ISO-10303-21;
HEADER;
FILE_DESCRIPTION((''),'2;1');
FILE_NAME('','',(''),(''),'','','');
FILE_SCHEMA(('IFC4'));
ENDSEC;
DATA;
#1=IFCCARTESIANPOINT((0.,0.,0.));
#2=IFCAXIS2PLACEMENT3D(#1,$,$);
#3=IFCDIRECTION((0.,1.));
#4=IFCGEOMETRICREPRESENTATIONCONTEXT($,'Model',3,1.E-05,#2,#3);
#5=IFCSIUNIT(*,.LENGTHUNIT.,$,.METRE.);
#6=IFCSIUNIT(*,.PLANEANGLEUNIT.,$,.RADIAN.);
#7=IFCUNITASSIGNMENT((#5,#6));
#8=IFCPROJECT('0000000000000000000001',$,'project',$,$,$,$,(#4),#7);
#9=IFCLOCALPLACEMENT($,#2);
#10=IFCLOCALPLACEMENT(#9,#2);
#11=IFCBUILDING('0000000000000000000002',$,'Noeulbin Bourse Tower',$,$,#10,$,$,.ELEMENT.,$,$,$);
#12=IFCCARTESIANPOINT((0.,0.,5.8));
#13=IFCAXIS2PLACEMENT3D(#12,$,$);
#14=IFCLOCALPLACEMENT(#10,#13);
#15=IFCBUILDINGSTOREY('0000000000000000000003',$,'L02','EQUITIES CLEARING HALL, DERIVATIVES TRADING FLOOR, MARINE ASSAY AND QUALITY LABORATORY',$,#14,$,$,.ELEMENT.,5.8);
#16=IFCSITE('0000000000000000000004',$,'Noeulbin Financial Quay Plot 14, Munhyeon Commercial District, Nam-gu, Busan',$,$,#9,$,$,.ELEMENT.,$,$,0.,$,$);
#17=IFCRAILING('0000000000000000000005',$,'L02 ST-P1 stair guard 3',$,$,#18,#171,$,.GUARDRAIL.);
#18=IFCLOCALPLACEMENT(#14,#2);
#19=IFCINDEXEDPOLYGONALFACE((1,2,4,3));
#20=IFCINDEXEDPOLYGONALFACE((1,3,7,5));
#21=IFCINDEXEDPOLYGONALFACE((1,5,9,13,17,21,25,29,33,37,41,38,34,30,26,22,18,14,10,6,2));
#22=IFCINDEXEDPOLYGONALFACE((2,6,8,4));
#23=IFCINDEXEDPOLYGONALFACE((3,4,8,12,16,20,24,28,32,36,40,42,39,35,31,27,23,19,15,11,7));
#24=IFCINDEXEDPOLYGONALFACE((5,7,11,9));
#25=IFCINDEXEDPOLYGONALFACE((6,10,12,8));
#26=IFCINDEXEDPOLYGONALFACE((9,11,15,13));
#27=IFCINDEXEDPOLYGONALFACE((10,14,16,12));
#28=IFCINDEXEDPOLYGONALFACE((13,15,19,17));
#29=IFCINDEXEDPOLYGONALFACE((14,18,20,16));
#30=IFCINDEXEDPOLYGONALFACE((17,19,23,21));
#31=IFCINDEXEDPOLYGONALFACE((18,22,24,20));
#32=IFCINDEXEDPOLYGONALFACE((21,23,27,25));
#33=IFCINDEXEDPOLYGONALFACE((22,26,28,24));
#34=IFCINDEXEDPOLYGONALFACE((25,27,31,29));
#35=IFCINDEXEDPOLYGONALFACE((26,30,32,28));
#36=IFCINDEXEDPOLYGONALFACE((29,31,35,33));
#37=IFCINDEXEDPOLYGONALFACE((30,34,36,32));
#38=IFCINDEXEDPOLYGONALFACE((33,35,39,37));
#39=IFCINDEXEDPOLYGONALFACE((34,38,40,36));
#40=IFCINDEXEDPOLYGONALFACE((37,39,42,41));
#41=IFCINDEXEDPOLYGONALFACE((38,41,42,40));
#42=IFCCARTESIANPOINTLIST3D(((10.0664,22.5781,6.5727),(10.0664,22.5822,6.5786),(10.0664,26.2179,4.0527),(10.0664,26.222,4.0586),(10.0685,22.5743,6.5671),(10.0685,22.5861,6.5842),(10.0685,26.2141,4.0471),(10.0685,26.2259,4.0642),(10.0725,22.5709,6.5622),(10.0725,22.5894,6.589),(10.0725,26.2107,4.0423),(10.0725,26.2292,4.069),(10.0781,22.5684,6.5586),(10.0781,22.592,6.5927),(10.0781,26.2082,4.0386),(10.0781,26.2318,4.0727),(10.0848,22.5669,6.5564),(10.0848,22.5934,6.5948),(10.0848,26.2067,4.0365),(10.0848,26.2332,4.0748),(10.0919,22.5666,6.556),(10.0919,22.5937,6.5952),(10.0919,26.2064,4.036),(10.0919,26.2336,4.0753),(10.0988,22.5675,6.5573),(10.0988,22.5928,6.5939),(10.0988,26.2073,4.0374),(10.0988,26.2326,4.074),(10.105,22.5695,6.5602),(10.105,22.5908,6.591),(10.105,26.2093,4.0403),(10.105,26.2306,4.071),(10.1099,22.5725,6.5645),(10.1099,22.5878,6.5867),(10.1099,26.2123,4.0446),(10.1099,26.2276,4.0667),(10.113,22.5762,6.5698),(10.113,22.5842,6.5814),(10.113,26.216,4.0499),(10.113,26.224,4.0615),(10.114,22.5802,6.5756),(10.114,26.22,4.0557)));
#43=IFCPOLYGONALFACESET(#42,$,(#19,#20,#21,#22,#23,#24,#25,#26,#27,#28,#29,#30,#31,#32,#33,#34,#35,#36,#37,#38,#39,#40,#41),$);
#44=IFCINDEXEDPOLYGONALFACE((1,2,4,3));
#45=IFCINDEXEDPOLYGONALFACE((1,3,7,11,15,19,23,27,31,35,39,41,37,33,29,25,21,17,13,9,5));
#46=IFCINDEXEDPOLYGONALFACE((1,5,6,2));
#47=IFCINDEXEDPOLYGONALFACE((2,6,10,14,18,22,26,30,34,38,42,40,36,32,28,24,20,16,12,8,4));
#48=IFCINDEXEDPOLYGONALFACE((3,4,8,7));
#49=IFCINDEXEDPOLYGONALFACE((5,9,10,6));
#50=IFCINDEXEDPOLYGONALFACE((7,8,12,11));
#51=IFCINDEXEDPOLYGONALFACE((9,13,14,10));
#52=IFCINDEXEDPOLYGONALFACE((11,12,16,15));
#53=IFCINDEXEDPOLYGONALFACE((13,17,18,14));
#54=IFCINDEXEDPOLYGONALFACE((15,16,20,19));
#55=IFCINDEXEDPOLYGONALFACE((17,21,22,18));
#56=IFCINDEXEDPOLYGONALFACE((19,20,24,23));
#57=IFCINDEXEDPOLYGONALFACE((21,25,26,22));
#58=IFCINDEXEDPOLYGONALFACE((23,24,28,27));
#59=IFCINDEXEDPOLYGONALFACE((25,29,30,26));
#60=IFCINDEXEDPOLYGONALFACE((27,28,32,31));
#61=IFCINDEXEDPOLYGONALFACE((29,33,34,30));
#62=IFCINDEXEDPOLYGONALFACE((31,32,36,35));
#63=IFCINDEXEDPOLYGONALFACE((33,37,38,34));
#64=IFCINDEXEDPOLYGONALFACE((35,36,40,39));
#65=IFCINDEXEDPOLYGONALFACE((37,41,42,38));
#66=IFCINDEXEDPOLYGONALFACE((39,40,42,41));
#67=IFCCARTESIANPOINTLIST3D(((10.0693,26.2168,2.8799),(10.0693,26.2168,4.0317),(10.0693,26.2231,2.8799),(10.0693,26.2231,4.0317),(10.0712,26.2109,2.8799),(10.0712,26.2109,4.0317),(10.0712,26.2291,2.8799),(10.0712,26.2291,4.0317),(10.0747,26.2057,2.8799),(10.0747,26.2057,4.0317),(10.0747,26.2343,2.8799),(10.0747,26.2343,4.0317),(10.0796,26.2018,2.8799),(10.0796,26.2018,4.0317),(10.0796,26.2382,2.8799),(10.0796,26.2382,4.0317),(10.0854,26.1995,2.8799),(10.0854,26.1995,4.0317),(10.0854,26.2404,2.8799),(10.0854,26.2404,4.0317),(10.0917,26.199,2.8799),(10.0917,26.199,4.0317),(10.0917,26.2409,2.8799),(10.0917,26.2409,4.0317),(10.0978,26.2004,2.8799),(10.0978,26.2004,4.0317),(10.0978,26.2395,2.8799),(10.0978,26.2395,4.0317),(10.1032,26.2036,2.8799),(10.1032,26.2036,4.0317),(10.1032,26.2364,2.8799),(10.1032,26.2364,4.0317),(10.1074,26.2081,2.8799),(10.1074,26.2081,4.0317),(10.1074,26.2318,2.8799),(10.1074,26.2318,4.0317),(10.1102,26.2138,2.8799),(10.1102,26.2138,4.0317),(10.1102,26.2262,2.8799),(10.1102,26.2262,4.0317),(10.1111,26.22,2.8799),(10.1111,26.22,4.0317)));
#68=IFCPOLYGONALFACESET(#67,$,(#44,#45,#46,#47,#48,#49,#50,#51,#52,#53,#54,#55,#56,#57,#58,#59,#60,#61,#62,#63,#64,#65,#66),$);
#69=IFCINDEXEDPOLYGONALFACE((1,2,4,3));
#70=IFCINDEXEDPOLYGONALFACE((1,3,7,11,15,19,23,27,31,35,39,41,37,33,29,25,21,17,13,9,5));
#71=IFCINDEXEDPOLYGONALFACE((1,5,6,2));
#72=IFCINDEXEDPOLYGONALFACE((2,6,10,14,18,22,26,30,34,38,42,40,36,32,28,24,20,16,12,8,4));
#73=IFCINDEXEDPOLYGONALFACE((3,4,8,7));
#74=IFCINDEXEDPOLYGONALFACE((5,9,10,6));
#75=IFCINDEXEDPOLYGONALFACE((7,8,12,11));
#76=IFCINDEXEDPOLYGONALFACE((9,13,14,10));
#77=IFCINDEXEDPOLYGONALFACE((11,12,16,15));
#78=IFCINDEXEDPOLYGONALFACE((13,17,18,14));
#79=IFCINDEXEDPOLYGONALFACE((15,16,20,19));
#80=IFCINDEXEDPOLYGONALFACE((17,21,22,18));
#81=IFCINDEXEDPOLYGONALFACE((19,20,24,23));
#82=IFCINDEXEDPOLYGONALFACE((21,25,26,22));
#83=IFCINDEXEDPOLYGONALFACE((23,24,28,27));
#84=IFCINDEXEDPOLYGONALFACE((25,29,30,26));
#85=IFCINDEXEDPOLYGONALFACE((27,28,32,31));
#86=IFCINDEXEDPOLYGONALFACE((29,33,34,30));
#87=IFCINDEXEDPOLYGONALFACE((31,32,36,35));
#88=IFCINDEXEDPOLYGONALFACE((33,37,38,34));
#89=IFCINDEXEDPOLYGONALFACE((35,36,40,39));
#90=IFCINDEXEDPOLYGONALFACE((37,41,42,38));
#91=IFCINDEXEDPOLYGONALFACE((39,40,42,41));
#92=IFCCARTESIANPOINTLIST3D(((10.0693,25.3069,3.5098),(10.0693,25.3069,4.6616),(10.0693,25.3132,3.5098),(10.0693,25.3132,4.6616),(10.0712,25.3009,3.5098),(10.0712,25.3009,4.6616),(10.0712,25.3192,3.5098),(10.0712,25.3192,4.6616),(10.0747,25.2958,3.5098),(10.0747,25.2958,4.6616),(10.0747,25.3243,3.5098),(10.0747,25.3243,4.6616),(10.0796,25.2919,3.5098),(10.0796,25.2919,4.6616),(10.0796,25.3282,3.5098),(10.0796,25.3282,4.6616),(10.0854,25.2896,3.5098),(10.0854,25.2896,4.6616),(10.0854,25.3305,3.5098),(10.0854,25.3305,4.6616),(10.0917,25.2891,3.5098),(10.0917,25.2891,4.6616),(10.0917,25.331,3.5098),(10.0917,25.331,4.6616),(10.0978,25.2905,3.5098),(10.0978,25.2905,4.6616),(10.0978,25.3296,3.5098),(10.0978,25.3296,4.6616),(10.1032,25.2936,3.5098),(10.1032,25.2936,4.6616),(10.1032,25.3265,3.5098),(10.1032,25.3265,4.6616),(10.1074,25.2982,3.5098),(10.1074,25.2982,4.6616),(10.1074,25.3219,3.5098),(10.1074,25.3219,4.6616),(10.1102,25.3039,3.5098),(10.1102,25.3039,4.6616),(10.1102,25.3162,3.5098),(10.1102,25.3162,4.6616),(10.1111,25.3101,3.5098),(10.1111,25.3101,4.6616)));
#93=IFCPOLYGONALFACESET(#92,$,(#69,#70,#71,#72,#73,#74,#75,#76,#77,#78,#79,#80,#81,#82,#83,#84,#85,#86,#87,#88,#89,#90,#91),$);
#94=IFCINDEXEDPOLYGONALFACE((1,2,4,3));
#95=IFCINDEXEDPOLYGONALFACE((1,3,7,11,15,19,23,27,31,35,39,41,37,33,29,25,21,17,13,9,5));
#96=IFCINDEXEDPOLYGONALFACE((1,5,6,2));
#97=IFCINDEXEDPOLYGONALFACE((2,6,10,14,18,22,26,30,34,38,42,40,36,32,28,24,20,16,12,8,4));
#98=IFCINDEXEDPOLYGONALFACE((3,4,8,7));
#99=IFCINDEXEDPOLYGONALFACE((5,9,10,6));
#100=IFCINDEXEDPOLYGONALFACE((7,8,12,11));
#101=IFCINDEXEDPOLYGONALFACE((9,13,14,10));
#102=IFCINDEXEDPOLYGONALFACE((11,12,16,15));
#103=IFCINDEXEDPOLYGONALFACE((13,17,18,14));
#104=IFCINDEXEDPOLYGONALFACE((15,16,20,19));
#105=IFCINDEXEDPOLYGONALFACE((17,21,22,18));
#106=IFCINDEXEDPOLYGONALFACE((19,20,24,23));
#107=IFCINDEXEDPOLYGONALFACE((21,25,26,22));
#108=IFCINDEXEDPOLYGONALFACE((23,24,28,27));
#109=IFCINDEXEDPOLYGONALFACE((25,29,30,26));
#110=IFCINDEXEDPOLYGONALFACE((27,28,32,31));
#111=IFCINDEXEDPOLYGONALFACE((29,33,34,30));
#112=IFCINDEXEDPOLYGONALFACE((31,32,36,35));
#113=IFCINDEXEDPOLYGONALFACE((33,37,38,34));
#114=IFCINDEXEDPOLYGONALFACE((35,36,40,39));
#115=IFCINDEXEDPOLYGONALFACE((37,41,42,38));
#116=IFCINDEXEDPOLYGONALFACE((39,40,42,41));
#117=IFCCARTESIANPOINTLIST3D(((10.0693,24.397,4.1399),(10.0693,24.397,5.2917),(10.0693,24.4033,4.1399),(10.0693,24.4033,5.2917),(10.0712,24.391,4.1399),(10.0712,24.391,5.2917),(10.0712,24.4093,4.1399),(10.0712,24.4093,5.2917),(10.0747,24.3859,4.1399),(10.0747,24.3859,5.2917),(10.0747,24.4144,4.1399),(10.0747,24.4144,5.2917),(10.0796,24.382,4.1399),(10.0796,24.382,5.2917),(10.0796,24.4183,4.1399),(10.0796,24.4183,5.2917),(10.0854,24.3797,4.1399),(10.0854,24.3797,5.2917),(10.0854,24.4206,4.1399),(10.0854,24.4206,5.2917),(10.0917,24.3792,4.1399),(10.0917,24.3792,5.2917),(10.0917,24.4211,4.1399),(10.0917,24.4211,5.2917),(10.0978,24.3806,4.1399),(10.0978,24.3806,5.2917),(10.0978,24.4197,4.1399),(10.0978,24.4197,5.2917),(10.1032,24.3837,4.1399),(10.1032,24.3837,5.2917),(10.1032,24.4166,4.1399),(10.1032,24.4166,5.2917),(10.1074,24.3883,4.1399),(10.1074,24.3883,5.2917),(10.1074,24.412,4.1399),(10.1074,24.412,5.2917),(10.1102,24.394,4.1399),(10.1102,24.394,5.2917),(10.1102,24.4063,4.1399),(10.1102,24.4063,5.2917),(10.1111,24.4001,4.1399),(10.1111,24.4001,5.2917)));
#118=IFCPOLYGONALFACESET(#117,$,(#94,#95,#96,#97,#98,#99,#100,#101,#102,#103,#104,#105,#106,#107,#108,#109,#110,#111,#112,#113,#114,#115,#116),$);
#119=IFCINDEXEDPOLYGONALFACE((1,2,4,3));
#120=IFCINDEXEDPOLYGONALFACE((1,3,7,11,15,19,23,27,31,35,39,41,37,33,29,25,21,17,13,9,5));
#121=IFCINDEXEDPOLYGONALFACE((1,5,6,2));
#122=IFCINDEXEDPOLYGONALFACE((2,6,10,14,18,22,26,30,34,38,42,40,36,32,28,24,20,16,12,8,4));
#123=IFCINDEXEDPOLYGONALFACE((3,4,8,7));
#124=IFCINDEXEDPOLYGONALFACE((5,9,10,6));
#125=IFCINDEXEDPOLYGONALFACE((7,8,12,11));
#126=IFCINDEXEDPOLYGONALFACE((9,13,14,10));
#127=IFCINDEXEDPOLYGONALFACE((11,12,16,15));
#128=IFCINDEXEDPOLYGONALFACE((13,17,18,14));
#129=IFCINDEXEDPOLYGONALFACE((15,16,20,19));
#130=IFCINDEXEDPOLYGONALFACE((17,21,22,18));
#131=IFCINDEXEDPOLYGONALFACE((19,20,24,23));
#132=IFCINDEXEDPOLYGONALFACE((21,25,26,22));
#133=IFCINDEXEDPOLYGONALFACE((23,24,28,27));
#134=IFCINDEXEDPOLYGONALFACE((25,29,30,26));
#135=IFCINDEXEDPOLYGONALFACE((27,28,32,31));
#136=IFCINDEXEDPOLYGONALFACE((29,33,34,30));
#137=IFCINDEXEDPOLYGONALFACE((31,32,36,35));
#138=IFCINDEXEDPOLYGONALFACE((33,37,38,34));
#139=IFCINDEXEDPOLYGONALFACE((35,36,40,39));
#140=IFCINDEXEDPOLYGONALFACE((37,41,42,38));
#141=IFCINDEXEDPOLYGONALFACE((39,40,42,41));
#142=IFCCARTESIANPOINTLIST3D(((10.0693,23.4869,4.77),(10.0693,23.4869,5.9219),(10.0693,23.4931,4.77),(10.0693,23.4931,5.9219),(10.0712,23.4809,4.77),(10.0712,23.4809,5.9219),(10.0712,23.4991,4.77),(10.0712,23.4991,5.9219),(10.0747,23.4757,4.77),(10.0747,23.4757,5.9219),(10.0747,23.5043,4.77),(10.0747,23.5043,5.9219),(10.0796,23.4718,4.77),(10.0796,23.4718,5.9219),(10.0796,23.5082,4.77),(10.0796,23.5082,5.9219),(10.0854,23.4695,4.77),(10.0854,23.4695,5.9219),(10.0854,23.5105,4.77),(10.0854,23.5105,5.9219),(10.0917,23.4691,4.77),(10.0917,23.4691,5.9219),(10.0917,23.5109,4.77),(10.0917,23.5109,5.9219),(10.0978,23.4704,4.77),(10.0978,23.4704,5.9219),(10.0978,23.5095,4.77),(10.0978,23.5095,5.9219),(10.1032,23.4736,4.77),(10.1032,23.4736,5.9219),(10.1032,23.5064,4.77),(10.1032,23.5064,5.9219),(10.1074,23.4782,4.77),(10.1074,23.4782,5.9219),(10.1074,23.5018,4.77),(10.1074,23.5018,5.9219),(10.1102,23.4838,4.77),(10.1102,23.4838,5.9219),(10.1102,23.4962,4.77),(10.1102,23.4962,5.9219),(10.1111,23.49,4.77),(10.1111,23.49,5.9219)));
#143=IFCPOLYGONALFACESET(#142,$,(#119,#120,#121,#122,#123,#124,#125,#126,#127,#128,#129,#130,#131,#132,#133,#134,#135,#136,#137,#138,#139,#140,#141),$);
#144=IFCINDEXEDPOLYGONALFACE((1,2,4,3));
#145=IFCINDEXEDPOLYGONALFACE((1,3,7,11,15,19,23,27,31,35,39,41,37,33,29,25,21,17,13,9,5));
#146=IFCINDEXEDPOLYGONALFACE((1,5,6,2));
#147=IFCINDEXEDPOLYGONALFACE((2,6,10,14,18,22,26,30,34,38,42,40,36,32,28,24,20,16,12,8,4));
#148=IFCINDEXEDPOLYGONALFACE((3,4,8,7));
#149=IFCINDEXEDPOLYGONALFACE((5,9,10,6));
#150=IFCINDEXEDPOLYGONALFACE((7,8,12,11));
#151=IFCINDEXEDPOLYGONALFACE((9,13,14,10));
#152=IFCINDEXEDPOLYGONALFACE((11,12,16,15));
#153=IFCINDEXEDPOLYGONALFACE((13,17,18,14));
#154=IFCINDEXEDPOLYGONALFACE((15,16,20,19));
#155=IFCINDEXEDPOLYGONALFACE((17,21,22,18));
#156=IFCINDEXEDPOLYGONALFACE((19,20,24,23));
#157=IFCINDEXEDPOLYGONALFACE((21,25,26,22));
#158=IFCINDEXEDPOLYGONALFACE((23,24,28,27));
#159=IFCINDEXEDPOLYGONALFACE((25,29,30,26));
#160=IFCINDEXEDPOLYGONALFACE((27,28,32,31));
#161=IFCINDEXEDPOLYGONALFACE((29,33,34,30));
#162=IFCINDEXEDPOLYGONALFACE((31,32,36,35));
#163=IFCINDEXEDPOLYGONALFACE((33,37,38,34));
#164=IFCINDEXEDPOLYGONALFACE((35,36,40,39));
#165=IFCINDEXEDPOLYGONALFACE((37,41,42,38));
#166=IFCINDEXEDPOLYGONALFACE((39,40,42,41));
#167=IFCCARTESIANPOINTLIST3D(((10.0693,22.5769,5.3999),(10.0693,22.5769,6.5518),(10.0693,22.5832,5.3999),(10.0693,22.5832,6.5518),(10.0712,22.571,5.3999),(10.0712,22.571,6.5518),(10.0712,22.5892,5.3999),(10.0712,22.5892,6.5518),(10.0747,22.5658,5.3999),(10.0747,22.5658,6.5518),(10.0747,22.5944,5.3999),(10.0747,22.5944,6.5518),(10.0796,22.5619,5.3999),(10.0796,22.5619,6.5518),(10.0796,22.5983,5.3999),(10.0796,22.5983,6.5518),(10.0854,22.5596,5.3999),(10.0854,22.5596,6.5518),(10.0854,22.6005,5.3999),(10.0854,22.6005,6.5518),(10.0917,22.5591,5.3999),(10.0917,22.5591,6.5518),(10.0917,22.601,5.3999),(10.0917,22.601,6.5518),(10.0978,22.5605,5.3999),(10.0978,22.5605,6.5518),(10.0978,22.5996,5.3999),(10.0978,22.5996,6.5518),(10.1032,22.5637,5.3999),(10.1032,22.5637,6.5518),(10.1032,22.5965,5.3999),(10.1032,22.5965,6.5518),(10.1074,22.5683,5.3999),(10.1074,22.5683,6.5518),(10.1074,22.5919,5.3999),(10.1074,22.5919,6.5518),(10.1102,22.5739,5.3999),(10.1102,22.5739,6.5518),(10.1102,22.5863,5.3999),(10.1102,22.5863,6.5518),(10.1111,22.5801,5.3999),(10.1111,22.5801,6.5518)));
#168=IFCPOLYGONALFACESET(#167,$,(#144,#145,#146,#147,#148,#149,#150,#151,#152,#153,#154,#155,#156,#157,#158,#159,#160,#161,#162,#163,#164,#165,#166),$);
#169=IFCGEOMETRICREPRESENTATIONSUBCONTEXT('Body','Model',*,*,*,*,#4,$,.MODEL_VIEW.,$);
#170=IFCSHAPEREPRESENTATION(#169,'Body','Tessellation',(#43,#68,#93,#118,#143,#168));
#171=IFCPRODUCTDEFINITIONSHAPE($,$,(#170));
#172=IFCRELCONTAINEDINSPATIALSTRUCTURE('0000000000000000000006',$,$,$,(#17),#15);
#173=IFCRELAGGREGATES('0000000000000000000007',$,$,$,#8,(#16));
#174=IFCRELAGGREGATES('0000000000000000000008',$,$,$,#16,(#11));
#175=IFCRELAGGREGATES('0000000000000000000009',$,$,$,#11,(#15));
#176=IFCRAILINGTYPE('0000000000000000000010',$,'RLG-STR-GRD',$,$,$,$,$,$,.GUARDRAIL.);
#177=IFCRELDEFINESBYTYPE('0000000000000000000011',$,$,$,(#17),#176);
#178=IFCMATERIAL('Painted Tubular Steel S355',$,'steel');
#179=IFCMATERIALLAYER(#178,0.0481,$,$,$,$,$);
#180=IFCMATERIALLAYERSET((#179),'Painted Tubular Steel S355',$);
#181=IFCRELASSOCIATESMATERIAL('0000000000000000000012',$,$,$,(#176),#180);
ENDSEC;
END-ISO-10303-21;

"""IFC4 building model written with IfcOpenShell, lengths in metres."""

from ifc_helpers import new_model, si_unit, direction, frame, origin, origin_2d, place, context, subcontext, project, spatial, circle, extrude, material, layer, layer_set, type_object, element, save


model = new_model("IFC4")

# Units and contexts
model_context = context("Model", 3, precision=1e-05, world=origin(), true_north=direction((0.0, 1.0)))
body_context = subcontext(model_context, "Body", "Model", "MODEL_VIEW")
ifc_project = project(units=[si_unit("LENGTHUNIT", "METRE"), si_unit("PLANEANGLEUNIT", "RADIAN")], contexts=[model_context])

# Site, building, storey
site_placement = place(None, origin())
site = spatial("IfcSite", under=ifc_project, at=site_placement, Name="Noeulbin Financial Quay Plot 14, Munhyeon Commercial District, Nam-gu, Busan", CompositionType="ELEMENT", RefElevation=0.0)
building_placement = place(site_placement, origin())
building = spatial("IfcBuilding", under=site, at=building_placement, Name="Noeulbin Bourse Tower", CompositionType="ELEMENT")
storey_placement = place(building_placement, frame((0.0, 0.0, 5.8)))
storey = spatial("IfcBuildingStorey", under=building, at=storey_placement, Name="L02", Description="EQUITIES CLEARING HALL, DERIVATIVES TRADING FLOOR, MARINE ASSAY AND QUALITY LABORATORY", CompositionType="ELEMENT", Elevation=5.8)

# Railing
ifc_material_1 = material(Name="Painted Tubular Steel S355", Category="steel")
ifc_layer_1 = layer(ifc_material_1, 0.0481)
ifc_layer_set_1 = layer_set([ifc_layer_1], Name="Painted Tubular Steel S355")
railing_type = type_object("IfcRailingType", Name="RLG-STR-GRD", PredefinedType="GUARDRAIL", material=ifc_layer_set_1)
railing_1_placement = place(storey_placement, frame((10.0901, 26.22, 2.8799)))
element("IfcRailing", 1, at=railing_1_placement, inside=storey, type_object=railing_type, Name="L02 ST-P1 stair guard 3", PredefinedType="GUARDRAIL", context=body_context, shape_type="SweptSolid", body=[
    extrude(circle(Radius=0.0239, at=origin_2d()), frame((0.0, 0.0, 1.1758), z_axis=(0.0, -0.822182, 0.569224), x_axis=(1.0, 0.0, 0.0)), (0.0, 0.0, 1.0), 4.427),
    extrude(circle(Radius=0.021, at=origin_2d()), origin(), (0.0, 0.0, 1.0), 1.1519),
    extrude(circle(Radius=0.021, at=origin_2d()), frame((0.0, -0.9099, 0.6299)), (0.0, 0.0, 1.0), 1.1519),
    extrude(circle(Radius=0.021, at=origin_2d()), frame((0.0, -1.8198, 1.26)), (0.0, 0.0, 1.0), 1.1519),
    extrude(circle(Radius=0.021, at=origin_2d()), frame((0.0, -2.73, 1.8901)), (0.0, 0.0, 1.0), 1.1519),
    extrude(circle(Radius=0.021, at=origin_2d()), frame((0.0, -3.6399, 2.52)), (0.0, 0.0, 1.0), 1.1519),
])

save(model, "model.ifc")
